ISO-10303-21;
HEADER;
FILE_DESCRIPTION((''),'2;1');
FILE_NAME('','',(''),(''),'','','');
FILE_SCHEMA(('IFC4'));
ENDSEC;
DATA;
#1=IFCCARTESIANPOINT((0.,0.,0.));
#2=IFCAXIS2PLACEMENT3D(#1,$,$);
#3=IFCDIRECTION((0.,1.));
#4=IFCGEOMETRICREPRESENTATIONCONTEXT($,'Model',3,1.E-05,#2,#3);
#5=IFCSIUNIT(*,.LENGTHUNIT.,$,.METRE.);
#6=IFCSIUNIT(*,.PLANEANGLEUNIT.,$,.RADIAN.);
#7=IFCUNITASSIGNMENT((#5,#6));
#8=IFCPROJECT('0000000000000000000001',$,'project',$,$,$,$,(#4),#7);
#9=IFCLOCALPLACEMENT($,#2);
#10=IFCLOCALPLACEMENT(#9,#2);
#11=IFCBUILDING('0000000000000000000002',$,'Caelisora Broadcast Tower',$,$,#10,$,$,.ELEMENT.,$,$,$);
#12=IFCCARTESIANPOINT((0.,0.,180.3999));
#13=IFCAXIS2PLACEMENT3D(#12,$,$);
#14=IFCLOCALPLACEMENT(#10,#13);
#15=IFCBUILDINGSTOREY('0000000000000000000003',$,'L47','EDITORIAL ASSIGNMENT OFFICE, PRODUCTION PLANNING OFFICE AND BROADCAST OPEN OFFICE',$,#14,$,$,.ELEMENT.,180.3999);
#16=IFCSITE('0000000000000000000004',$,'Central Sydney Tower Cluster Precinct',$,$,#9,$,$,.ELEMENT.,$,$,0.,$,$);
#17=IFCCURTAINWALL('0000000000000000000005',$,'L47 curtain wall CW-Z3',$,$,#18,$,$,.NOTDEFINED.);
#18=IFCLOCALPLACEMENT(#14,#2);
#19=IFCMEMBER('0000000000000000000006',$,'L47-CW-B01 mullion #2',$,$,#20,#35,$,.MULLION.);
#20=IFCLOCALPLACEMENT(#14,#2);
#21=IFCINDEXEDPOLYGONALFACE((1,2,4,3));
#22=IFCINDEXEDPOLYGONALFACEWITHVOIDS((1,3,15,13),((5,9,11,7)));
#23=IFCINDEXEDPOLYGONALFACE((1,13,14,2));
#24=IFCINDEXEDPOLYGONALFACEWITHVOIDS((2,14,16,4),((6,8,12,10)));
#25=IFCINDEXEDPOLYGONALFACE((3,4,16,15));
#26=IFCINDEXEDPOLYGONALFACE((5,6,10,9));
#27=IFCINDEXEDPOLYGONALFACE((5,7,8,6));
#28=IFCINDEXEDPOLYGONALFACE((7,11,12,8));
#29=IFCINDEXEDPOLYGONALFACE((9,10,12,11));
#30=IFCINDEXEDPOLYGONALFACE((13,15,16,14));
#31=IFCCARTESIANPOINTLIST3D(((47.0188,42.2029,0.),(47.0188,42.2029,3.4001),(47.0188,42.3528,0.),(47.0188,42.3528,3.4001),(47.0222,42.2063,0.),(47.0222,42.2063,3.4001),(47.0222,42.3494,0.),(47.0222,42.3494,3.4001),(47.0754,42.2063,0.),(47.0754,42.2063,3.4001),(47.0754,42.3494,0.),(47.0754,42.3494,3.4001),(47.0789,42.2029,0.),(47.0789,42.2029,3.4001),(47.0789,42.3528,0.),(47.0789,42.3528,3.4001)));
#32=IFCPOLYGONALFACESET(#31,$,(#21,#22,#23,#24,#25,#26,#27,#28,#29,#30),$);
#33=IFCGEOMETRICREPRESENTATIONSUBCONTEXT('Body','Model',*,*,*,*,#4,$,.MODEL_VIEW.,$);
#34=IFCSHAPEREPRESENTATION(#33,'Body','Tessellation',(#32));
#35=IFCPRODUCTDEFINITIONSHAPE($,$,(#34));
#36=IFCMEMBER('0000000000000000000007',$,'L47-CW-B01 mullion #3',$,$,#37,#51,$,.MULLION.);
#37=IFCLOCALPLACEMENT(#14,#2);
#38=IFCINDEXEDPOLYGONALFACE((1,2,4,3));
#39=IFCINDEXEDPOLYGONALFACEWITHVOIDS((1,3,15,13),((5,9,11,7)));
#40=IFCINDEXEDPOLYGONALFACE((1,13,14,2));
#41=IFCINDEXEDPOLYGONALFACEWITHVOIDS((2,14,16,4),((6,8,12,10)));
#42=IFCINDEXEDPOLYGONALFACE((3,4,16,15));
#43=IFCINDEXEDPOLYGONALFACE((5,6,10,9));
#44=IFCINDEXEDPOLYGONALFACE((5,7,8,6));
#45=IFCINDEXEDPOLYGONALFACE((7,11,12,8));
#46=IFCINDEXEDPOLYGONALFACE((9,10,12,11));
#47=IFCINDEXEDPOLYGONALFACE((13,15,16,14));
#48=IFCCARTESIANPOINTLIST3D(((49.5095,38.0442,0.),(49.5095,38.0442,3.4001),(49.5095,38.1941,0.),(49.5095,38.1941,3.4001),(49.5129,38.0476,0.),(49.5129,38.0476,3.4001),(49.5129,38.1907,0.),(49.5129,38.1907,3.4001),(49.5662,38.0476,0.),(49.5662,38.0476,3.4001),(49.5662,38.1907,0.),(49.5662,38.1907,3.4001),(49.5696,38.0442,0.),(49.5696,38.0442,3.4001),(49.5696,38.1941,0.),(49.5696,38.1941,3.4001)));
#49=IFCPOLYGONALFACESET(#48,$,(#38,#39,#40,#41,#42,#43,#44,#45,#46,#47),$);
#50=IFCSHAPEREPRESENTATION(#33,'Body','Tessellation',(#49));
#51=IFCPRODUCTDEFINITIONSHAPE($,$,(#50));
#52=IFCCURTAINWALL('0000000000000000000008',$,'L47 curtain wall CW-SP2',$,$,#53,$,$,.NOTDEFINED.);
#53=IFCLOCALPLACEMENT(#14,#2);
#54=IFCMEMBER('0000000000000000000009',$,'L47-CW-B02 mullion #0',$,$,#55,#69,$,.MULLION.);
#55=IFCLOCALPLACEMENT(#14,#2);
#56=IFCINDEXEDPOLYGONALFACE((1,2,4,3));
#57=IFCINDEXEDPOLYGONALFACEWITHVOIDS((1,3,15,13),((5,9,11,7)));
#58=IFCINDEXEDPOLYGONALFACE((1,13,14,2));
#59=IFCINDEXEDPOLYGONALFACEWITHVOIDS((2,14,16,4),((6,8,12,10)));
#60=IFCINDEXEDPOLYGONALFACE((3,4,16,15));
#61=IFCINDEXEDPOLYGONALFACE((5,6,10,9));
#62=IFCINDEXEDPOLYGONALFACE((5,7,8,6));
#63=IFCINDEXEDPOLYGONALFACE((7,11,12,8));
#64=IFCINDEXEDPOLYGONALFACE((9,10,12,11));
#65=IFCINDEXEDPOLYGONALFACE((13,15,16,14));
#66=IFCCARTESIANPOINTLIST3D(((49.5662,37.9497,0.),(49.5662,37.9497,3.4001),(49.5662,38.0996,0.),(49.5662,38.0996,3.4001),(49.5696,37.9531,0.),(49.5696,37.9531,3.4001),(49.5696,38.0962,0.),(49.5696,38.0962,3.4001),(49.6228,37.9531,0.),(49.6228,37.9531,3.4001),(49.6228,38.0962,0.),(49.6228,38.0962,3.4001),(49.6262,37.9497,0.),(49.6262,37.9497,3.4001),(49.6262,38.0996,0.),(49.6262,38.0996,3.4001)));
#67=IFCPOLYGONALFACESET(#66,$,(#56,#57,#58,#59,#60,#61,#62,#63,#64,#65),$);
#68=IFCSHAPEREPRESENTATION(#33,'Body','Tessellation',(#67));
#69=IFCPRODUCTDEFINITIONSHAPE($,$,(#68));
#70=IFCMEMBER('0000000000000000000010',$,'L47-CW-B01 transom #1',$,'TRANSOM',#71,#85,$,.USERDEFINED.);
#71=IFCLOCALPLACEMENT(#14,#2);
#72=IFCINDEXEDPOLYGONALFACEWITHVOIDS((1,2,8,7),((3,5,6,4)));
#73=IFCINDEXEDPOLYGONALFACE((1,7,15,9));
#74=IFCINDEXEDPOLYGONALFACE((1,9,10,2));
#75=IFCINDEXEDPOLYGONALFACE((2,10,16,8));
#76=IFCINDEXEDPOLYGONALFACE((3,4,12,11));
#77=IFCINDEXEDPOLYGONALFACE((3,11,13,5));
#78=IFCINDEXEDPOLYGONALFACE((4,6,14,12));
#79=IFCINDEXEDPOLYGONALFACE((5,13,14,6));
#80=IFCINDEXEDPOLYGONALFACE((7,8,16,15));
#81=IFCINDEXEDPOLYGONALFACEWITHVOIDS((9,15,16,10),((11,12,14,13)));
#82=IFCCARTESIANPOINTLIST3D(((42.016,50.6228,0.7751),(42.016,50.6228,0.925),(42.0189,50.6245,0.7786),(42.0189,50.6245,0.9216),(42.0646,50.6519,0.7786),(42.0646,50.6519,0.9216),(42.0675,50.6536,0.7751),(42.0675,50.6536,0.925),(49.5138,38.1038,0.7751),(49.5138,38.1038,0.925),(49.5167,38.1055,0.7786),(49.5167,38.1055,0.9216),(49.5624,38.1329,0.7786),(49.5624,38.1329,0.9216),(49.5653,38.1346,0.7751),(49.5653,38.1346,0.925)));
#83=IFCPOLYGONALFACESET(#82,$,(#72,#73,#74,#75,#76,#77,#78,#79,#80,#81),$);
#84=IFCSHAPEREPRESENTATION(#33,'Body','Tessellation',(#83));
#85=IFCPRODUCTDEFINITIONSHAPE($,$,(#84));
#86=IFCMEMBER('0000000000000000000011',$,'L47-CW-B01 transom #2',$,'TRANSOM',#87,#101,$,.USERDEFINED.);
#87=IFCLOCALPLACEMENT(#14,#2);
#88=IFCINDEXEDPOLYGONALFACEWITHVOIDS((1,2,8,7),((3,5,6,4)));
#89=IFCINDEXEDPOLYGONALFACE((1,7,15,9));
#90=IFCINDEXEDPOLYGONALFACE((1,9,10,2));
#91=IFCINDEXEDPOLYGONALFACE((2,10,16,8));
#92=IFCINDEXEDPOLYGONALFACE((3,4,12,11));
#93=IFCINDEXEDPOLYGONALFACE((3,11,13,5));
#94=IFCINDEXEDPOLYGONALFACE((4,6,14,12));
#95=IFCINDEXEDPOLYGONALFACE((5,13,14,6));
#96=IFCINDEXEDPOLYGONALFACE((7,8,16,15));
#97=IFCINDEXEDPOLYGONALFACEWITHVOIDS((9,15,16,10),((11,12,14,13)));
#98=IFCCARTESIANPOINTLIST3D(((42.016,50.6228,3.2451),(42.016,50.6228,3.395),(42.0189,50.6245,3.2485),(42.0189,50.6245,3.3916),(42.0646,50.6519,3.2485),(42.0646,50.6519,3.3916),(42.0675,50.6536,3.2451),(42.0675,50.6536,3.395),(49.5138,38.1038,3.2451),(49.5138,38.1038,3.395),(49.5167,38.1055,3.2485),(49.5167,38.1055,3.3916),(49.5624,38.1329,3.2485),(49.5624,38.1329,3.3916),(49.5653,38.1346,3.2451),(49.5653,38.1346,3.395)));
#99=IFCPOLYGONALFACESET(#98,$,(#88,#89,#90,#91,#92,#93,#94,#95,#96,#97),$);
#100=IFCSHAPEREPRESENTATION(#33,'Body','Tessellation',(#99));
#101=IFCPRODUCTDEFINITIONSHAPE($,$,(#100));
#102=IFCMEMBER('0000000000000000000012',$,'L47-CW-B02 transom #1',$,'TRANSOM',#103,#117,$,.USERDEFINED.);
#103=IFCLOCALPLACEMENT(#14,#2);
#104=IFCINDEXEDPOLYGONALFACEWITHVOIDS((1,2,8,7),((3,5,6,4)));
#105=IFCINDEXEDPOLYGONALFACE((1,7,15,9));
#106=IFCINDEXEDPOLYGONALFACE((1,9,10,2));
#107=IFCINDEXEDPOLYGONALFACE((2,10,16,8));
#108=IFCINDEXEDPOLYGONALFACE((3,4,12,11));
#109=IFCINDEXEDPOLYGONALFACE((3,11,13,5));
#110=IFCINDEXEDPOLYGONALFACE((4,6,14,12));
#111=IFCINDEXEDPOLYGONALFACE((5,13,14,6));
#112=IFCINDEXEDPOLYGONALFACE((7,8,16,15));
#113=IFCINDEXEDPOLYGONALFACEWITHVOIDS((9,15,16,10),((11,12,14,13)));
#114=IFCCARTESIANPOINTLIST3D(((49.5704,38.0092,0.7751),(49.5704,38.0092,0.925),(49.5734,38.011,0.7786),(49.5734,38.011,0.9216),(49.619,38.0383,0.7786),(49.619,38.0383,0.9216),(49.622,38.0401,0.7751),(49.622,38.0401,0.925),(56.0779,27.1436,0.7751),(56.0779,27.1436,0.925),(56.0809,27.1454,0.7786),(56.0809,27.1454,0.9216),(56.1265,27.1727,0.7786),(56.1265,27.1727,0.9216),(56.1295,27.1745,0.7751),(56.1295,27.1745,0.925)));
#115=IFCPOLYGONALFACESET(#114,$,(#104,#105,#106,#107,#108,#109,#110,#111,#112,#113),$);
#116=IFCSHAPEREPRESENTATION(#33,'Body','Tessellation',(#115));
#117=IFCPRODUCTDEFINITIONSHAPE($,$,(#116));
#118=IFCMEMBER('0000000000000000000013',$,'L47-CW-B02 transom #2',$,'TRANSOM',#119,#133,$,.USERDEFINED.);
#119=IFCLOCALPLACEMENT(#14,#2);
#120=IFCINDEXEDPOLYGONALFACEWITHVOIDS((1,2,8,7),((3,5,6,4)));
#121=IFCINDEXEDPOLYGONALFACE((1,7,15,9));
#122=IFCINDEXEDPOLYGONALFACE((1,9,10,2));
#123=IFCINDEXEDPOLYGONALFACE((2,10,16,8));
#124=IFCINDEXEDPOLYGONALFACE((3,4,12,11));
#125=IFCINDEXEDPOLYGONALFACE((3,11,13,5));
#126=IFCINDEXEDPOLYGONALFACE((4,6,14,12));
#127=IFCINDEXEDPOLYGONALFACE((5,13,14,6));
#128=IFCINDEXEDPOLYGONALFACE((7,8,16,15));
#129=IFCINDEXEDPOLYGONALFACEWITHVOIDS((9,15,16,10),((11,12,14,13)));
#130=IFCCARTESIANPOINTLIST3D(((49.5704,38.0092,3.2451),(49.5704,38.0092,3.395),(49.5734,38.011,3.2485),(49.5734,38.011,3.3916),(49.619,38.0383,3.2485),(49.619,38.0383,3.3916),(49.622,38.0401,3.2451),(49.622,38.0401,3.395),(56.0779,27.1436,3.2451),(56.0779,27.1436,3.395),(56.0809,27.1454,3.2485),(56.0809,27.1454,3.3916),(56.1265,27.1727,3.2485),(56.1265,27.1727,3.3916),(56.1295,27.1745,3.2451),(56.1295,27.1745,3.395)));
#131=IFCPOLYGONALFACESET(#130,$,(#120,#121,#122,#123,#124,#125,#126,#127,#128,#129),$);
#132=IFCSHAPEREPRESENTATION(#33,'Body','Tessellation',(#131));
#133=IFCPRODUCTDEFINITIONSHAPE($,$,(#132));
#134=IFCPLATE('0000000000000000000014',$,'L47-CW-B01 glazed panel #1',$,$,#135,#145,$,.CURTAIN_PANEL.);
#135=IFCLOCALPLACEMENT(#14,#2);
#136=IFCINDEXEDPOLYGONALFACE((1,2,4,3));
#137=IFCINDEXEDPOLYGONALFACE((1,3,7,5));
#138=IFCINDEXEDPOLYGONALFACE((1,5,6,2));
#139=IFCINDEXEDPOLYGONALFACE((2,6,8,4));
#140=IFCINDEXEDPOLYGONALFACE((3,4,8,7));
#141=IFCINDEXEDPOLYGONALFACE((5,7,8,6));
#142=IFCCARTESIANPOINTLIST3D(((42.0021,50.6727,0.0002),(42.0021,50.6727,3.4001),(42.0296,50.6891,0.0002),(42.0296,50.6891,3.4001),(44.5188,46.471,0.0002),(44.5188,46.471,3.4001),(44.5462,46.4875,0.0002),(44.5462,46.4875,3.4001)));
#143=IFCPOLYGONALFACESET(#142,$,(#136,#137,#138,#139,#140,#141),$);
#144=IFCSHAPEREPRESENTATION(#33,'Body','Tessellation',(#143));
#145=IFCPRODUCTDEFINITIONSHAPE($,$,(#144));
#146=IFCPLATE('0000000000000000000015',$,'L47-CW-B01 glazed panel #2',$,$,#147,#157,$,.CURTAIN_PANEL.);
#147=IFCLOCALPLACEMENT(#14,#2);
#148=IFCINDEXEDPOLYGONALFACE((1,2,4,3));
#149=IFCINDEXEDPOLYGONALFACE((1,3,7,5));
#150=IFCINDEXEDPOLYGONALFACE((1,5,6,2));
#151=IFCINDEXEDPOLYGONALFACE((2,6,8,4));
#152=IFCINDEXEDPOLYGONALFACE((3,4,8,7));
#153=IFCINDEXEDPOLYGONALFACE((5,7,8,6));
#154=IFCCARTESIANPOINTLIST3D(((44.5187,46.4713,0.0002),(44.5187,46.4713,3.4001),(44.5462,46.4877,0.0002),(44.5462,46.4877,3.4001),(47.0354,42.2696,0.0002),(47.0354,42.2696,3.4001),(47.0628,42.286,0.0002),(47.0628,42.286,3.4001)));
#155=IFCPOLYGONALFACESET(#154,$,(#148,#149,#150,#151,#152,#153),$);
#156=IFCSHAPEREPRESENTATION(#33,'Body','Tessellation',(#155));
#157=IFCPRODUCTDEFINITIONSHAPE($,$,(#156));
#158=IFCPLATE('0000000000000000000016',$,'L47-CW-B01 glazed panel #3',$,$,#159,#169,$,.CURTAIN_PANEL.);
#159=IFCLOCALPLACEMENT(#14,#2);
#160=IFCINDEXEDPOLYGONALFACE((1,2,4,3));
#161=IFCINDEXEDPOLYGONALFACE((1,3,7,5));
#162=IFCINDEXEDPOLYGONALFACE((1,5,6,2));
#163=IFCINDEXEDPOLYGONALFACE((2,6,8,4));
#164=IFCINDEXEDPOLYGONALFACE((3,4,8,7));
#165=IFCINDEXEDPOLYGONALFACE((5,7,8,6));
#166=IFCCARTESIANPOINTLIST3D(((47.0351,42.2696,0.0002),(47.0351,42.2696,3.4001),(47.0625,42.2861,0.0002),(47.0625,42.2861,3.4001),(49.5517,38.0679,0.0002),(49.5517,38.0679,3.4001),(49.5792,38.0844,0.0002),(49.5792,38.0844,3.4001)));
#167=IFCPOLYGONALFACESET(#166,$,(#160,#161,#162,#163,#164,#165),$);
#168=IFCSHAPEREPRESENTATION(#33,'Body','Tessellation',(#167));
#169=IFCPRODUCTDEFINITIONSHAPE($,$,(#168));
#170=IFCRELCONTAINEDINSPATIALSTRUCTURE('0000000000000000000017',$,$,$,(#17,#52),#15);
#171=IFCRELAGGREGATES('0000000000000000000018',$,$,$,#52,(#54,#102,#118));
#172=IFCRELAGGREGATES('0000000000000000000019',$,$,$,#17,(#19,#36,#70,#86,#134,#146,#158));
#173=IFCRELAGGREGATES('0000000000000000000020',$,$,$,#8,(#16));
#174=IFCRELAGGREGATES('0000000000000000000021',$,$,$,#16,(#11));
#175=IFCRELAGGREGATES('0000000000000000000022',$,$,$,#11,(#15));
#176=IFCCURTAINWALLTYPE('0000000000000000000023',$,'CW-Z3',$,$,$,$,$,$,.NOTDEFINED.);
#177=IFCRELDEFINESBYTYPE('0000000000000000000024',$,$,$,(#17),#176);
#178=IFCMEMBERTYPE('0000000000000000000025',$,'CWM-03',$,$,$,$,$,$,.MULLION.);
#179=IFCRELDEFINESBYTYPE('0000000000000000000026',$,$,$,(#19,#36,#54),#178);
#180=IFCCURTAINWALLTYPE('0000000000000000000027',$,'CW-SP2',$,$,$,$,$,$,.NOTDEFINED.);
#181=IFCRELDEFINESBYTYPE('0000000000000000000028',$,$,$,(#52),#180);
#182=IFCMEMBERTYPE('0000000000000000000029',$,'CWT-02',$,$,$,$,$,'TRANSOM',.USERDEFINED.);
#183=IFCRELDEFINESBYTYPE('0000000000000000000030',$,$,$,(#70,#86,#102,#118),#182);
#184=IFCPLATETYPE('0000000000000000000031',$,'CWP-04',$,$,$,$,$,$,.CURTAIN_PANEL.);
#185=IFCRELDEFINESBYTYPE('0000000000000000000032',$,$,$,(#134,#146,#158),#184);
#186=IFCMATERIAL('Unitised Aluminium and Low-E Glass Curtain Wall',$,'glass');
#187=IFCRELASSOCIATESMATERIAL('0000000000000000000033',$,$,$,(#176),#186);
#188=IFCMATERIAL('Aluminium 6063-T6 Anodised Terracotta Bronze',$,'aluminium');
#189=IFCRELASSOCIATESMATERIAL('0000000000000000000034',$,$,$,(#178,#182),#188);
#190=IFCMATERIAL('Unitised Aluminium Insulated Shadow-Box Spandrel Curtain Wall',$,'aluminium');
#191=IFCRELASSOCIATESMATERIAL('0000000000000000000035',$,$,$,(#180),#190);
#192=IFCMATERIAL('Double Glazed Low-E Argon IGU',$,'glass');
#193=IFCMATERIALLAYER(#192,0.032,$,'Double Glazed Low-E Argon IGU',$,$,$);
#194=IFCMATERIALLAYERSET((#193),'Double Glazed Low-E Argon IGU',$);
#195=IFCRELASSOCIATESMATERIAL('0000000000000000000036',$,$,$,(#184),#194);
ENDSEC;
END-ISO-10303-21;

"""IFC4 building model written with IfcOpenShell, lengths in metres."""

from ifc_helpers import new_model, si_unit, direction, frame, origin, origin_2d, place, context, subcontext, project, spatial, rectangle, hollow_rectangle, extrude, source, transform, mapped, material, layer, layer_set, material_profile, profile_set, type_object, type_shapes, element, aggregate, save


model = new_model("IFC4")

# Units and contexts
model_context = context("Model", 3, precision=1e-05, world=origin(), true_north=direction((0.0, 1.0)))
body_context = subcontext(model_context, "Body", "Model", "MODEL_VIEW")
ifc_project = project(units=[si_unit("LENGTHUNIT", "METRE"), si_unit("PLANEANGLEUNIT", "RADIAN")], contexts=[model_context])

# Site, building, storey
site_placement = place(None, origin())
site = spatial("IfcSite", under=ifc_project, at=site_placement, Name="Central Sydney Tower Cluster Precinct", CompositionType="ELEMENT", RefElevation=0.0)
building_placement = place(site_placement, origin())
building = spatial("IfcBuilding", under=site, at=building_placement, Name="Caelisora Broadcast Tower", CompositionType="ELEMENT")
storey_placement = place(building_placement, frame((0.0, 0.0, 180.3999)))
storey = spatial("IfcBuildingStorey", under=building, at=storey_placement, Name="L47", Description="EDITORIAL ASSIGNMENT OFFICE, PRODUCTION PLANNING OFFICE AND BROADCAST OPEN OFFICE", CompositionType="ELEMENT", Elevation=180.3999)

# Curtain wall, members
ifc_material_1 = material(Name="Unitised Aluminium and Low-E Glass Curtain Wall", Category="glass")
curtain_wall_type_1 = type_object("IfcCurtainWallType", Name="CW-Z3", PredefinedType="NOTDEFINED", material=ifc_material_1)
curtain_wall_1_placement = place(storey_placement, origin())
curtain_wall_1 = element("IfcCurtainWall", 1, at=curtain_wall_1_placement, inside=storey, type_object=curtain_wall_type_1, Name="L47 curtain wall CW-Z3", PredefinedType="NOTDEFINED")
ifc_material_2 = material(Name="Aluminium 6063-T6 Anodised Terracotta Bronze", Category="aluminium")
ifc_material_profile_1 = material_profile(ifc_material_2, hollow_rectangle(XDim=0.0601, YDim=0.1499, WallThickness=0.0034, at=origin_2d()), Name="Aluminium 6063-T6 Anodised Terracotta Bronze")
ifc_profile_set_1 = profile_set([ifc_material_profile_1], Name="Aluminium 6063-T6 Anodised Terracotta Bronze")
member_type_1 = type_object("IfcMemberType", Name="CWM-03", PredefinedType="MULLION", material=ifc_profile_set_1)
shared_shape_1 = source(origin(), body_context, "Body", "SweptSolid", [
    extrude(hollow_rectangle(XDim=0.0601, YDim=0.1499, WallThickness=0.0034, at=origin_2d()), origin(), (0.0, 0.0, 1.0), 3.4001),
])
type_shapes(member_type_1, [shared_shape_1])
member_1_placement = place(storey_placement, frame((47.0488, 42.2778, 0.0), z_axis=(0.0, 0.0, 1.0), x_axis=(1.0, 0.0, 0.0)))
member_1 = element("IfcMember", 2, at=member_1_placement, type_object=member_type_1, Name="L47-CW-B01 mullion #2", PredefinedType="MULLION", context=body_context, shape_type="MappedRepresentation", body=[
    mapped(shared_shape_1, transform((0.0, 0.0, 0.0), scale=1.0)),
])
member_2_placement = place(storey_placement, frame((49.5396, 38.1191, 0.0), z_axis=(0.0, 0.0, 1.0), x_axis=(1.0, 0.0, 0.0)))
member_2 = element("IfcMember", 3, at=member_2_placement, type_object=member_type_1, Name="L47-CW-B01 mullion #3", PredefinedType="MULLION", context=body_context, shape_type="MappedRepresentation", body=[
    mapped(shared_shape_1, transform((0.0, 0.0, 0.0), scale=1.0)),
])

# Curtain wall, member
ifc_material_3 = material(Name="Unitised Aluminium Insulated Shadow-Box Spandrel Curtain Wall", Category="aluminium")
curtain_wall_type_2 = type_object("IfcCurtainWallType", Name="CW-SP2", PredefinedType="NOTDEFINED", material=ifc_material_3)
curtain_wall_2_placement = place(storey_placement, origin())
curtain_wall_2 = element("IfcCurtainWall", 4, at=curtain_wall_2_placement, inside=storey, type_object=curtain_wall_type_2, Name="L47 curtain wall CW-SP2", PredefinedType="NOTDEFINED")
member_3_placement = place(storey_placement, frame((49.5962, 38.0247, 0.0), z_axis=(0.0, 0.0, 1.0), x_axis=(1.0, 0.0, 0.0)))
member_3 = element("IfcMember", 5, at=member_3_placement, type_object=member_type_1, Name="L47-CW-B02 mullion #0", PredefinedType="MULLION", context=body_context, shape_type="MappedRepresentation", body=[
    mapped(shared_shape_1, transform((0.0, 0.0, 0.0), scale=1.0)),
])

# Members
ifc_material_profile_2 = material_profile(ifc_material_2, hollow_rectangle(XDim=0.0601, YDim=0.1499, WallThickness=0.0034, at=origin_2d()), Name="Aluminium 6063-T6 Anodised Terracotta Bronze")
ifc_profile_set_2 = profile_set([ifc_material_profile_2], Name="Aluminium 6063-T6 Anodised Terracotta Bronze")
member_type_2 = type_object("IfcMemberType", Name="CWT-02", ElementType="TRANSOM", PredefinedType="USERDEFINED", material=ifc_profile_set_2)
shared_shape_2 = source(origin(), body_context, "Body", "SweptSolid", [
    extrude(hollow_rectangle(XDim=0.0601, YDim=0.1499, WallThickness=0.0034, at=origin_2d()), origin(), (0.0, 0.0, 1.0), 14.5925),
])
member_4_placement = place(storey_placement, frame((42.0417, 50.6382, 0.8501), z_axis=(0.513809, -0.857905, 0.0), x_axis=(0.857905, 0.513809, 0.0)))
member_4 = element("IfcMember", 6, at=member_4_placement, type_object=member_type_2, Name="L47-CW-B01 transom #1", ObjectType="TRANSOM", PredefinedType="USERDEFINED", context=body_context, shape_type="MappedRepresentation", body=[
    mapped(shared_shape_2, transform((0.0, 0.0, 0.0), scale=1.0)),
])
member_5_placement = place(storey_placement, frame((42.0417, 50.6382, 3.3201), z_axis=(0.513809, -0.857905, 0.0), x_axis=(0.857905, 0.513809, 0.0)))
member_5 = element("IfcMember", 7, at=member_5_placement, type_object=member_type_2, Name="L47-CW-B01 transom #2", ObjectType="TRANSOM", PredefinedType="USERDEFINED", context=body_context, shape_type="MappedRepresentation", body=[
    mapped(shared_shape_2, transform((0.0, 0.0, 0.0), scale=1.0)),
])
shared_shape_3 = source(origin(), body_context, "Body", "SweptSolid", [
    extrude(hollow_rectangle(XDim=0.0601, YDim=0.1499, WallThickness=0.0034, at=origin_2d()), origin(), (0.0, 0.0, 1.0), 12.6653),
])
type_shapes(member_type_2, [shared_shape_2, shared_shape_3])
member_6_placement = place(storey_placement, frame((49.5962, 38.0247, 0.8501), z_axis=(0.513807, -0.857906, 0.0), x_axis=(0.857906, 0.513807, 0.0)))
member_6 = element("IfcMember", 8, at=member_6_placement, type_object=member_type_2, Name="L47-CW-B02 transom #1", ObjectType="TRANSOM", PredefinedType="USERDEFINED", context=body_context, shape_type="MappedRepresentation", body=[
    mapped(shared_shape_3, transform((0.0, 0.0, 0.0), scale=1.0)),
])
member_7_placement = place(storey_placement, frame((49.5962, 38.0247, 3.3201), z_axis=(0.513807, -0.857906, 0.0), x_axis=(0.857906, 0.513807, 0.0)))
member_7 = element("IfcMember", 9, at=member_7_placement, type_object=member_type_2, Name="L47-CW-B02 transom #2", ObjectType="TRANSOM", PredefinedType="USERDEFINED", context=body_context, shape_type="MappedRepresentation", body=[
    mapped(shared_shape_3, transform((0.0, 0.0, 0.0), scale=1.0)),
])
aggregate(curtain_wall_2, [member_3, member_6, member_7])

# Plates
ifc_material_4 = material(Name="Double Glazed Low-E Argon IGU", Category="glass")
ifc_layer_1 = layer(ifc_material_4, 0.032, Name="Double Glazed Low-E Argon IGU")
ifc_layer_set_1 = layer_set([ifc_layer_1], Name="Double Glazed Low-E Argon IGU")
plate_type = type_object("IfcPlateType", Name="CWP-04", PredefinedType="CURTAIN_PANEL", material=ifc_layer_set_1)
shared_shape_4 = source(origin(), body_context, "Body", "SweptSolid", [
    extrude(rectangle(XDim=4.8977, YDim=0.032, at=origin_2d()), origin(), (0.0, 0.0, 1.0), 3.3999),
])
type_shapes(plate_type, [shared_shape_4])
plate_1_placement = place(storey_placement, frame((43.2742, 48.5801, 0.0002), z_axis=(0.0, 0.0, 1.0), x_axis=(0.513841, -0.857886, 0.0)))
plate_1 = element("IfcPlate", 10, at=plate_1_placement, type_object=plate_type, Name="L47-CW-B01 glazed panel #1", PredefinedType="CURTAIN_PANEL", context=body_context, shape_type="MappedRepresentation", body=[
    mapped(shared_shape_4, transform((0.0, 0.0, 0.0), scale=1.0)),
])
plate_2_placement = place(storey_placement, frame((45.7908, 44.3787, 0.0002), z_axis=(0.0, 0.0, 1.0), x_axis=(0.513841, -0.857886, 0.0)))
plate_2 = element("IfcPlate", 11, at=plate_2_placement, type_object=plate_type, Name="L47-CW-B01 glazed panel #2", PredefinedType="CURTAIN_PANEL", context=body_context, shape_type="MappedRepresentation", body=[
    mapped(shared_shape_4, transform((0.0, 0.0, 0.0), scale=1.0)),
])
plate_3_placement = place(storey_placement, frame((48.3071, 40.177, 0.0002), z_axis=(0.0, 0.0, 1.0), x_axis=(0.513841, -0.857886, 0.0)))
plate_3 = element("IfcPlate", 12, at=plate_3_placement, type_object=plate_type, Name="L47-CW-B01 glazed panel #3", PredefinedType="CURTAIN_PANEL", context=body_context, shape_type="MappedRepresentation", body=[
    mapped(shared_shape_4, transform((0.0, 0.0, 0.0), scale=1.0)),
])
aggregate(curtain_wall_1, [member_1, member_2, member_4, member_5, plate_1, plate_2, plate_3])

save(model, "model.ifc")
